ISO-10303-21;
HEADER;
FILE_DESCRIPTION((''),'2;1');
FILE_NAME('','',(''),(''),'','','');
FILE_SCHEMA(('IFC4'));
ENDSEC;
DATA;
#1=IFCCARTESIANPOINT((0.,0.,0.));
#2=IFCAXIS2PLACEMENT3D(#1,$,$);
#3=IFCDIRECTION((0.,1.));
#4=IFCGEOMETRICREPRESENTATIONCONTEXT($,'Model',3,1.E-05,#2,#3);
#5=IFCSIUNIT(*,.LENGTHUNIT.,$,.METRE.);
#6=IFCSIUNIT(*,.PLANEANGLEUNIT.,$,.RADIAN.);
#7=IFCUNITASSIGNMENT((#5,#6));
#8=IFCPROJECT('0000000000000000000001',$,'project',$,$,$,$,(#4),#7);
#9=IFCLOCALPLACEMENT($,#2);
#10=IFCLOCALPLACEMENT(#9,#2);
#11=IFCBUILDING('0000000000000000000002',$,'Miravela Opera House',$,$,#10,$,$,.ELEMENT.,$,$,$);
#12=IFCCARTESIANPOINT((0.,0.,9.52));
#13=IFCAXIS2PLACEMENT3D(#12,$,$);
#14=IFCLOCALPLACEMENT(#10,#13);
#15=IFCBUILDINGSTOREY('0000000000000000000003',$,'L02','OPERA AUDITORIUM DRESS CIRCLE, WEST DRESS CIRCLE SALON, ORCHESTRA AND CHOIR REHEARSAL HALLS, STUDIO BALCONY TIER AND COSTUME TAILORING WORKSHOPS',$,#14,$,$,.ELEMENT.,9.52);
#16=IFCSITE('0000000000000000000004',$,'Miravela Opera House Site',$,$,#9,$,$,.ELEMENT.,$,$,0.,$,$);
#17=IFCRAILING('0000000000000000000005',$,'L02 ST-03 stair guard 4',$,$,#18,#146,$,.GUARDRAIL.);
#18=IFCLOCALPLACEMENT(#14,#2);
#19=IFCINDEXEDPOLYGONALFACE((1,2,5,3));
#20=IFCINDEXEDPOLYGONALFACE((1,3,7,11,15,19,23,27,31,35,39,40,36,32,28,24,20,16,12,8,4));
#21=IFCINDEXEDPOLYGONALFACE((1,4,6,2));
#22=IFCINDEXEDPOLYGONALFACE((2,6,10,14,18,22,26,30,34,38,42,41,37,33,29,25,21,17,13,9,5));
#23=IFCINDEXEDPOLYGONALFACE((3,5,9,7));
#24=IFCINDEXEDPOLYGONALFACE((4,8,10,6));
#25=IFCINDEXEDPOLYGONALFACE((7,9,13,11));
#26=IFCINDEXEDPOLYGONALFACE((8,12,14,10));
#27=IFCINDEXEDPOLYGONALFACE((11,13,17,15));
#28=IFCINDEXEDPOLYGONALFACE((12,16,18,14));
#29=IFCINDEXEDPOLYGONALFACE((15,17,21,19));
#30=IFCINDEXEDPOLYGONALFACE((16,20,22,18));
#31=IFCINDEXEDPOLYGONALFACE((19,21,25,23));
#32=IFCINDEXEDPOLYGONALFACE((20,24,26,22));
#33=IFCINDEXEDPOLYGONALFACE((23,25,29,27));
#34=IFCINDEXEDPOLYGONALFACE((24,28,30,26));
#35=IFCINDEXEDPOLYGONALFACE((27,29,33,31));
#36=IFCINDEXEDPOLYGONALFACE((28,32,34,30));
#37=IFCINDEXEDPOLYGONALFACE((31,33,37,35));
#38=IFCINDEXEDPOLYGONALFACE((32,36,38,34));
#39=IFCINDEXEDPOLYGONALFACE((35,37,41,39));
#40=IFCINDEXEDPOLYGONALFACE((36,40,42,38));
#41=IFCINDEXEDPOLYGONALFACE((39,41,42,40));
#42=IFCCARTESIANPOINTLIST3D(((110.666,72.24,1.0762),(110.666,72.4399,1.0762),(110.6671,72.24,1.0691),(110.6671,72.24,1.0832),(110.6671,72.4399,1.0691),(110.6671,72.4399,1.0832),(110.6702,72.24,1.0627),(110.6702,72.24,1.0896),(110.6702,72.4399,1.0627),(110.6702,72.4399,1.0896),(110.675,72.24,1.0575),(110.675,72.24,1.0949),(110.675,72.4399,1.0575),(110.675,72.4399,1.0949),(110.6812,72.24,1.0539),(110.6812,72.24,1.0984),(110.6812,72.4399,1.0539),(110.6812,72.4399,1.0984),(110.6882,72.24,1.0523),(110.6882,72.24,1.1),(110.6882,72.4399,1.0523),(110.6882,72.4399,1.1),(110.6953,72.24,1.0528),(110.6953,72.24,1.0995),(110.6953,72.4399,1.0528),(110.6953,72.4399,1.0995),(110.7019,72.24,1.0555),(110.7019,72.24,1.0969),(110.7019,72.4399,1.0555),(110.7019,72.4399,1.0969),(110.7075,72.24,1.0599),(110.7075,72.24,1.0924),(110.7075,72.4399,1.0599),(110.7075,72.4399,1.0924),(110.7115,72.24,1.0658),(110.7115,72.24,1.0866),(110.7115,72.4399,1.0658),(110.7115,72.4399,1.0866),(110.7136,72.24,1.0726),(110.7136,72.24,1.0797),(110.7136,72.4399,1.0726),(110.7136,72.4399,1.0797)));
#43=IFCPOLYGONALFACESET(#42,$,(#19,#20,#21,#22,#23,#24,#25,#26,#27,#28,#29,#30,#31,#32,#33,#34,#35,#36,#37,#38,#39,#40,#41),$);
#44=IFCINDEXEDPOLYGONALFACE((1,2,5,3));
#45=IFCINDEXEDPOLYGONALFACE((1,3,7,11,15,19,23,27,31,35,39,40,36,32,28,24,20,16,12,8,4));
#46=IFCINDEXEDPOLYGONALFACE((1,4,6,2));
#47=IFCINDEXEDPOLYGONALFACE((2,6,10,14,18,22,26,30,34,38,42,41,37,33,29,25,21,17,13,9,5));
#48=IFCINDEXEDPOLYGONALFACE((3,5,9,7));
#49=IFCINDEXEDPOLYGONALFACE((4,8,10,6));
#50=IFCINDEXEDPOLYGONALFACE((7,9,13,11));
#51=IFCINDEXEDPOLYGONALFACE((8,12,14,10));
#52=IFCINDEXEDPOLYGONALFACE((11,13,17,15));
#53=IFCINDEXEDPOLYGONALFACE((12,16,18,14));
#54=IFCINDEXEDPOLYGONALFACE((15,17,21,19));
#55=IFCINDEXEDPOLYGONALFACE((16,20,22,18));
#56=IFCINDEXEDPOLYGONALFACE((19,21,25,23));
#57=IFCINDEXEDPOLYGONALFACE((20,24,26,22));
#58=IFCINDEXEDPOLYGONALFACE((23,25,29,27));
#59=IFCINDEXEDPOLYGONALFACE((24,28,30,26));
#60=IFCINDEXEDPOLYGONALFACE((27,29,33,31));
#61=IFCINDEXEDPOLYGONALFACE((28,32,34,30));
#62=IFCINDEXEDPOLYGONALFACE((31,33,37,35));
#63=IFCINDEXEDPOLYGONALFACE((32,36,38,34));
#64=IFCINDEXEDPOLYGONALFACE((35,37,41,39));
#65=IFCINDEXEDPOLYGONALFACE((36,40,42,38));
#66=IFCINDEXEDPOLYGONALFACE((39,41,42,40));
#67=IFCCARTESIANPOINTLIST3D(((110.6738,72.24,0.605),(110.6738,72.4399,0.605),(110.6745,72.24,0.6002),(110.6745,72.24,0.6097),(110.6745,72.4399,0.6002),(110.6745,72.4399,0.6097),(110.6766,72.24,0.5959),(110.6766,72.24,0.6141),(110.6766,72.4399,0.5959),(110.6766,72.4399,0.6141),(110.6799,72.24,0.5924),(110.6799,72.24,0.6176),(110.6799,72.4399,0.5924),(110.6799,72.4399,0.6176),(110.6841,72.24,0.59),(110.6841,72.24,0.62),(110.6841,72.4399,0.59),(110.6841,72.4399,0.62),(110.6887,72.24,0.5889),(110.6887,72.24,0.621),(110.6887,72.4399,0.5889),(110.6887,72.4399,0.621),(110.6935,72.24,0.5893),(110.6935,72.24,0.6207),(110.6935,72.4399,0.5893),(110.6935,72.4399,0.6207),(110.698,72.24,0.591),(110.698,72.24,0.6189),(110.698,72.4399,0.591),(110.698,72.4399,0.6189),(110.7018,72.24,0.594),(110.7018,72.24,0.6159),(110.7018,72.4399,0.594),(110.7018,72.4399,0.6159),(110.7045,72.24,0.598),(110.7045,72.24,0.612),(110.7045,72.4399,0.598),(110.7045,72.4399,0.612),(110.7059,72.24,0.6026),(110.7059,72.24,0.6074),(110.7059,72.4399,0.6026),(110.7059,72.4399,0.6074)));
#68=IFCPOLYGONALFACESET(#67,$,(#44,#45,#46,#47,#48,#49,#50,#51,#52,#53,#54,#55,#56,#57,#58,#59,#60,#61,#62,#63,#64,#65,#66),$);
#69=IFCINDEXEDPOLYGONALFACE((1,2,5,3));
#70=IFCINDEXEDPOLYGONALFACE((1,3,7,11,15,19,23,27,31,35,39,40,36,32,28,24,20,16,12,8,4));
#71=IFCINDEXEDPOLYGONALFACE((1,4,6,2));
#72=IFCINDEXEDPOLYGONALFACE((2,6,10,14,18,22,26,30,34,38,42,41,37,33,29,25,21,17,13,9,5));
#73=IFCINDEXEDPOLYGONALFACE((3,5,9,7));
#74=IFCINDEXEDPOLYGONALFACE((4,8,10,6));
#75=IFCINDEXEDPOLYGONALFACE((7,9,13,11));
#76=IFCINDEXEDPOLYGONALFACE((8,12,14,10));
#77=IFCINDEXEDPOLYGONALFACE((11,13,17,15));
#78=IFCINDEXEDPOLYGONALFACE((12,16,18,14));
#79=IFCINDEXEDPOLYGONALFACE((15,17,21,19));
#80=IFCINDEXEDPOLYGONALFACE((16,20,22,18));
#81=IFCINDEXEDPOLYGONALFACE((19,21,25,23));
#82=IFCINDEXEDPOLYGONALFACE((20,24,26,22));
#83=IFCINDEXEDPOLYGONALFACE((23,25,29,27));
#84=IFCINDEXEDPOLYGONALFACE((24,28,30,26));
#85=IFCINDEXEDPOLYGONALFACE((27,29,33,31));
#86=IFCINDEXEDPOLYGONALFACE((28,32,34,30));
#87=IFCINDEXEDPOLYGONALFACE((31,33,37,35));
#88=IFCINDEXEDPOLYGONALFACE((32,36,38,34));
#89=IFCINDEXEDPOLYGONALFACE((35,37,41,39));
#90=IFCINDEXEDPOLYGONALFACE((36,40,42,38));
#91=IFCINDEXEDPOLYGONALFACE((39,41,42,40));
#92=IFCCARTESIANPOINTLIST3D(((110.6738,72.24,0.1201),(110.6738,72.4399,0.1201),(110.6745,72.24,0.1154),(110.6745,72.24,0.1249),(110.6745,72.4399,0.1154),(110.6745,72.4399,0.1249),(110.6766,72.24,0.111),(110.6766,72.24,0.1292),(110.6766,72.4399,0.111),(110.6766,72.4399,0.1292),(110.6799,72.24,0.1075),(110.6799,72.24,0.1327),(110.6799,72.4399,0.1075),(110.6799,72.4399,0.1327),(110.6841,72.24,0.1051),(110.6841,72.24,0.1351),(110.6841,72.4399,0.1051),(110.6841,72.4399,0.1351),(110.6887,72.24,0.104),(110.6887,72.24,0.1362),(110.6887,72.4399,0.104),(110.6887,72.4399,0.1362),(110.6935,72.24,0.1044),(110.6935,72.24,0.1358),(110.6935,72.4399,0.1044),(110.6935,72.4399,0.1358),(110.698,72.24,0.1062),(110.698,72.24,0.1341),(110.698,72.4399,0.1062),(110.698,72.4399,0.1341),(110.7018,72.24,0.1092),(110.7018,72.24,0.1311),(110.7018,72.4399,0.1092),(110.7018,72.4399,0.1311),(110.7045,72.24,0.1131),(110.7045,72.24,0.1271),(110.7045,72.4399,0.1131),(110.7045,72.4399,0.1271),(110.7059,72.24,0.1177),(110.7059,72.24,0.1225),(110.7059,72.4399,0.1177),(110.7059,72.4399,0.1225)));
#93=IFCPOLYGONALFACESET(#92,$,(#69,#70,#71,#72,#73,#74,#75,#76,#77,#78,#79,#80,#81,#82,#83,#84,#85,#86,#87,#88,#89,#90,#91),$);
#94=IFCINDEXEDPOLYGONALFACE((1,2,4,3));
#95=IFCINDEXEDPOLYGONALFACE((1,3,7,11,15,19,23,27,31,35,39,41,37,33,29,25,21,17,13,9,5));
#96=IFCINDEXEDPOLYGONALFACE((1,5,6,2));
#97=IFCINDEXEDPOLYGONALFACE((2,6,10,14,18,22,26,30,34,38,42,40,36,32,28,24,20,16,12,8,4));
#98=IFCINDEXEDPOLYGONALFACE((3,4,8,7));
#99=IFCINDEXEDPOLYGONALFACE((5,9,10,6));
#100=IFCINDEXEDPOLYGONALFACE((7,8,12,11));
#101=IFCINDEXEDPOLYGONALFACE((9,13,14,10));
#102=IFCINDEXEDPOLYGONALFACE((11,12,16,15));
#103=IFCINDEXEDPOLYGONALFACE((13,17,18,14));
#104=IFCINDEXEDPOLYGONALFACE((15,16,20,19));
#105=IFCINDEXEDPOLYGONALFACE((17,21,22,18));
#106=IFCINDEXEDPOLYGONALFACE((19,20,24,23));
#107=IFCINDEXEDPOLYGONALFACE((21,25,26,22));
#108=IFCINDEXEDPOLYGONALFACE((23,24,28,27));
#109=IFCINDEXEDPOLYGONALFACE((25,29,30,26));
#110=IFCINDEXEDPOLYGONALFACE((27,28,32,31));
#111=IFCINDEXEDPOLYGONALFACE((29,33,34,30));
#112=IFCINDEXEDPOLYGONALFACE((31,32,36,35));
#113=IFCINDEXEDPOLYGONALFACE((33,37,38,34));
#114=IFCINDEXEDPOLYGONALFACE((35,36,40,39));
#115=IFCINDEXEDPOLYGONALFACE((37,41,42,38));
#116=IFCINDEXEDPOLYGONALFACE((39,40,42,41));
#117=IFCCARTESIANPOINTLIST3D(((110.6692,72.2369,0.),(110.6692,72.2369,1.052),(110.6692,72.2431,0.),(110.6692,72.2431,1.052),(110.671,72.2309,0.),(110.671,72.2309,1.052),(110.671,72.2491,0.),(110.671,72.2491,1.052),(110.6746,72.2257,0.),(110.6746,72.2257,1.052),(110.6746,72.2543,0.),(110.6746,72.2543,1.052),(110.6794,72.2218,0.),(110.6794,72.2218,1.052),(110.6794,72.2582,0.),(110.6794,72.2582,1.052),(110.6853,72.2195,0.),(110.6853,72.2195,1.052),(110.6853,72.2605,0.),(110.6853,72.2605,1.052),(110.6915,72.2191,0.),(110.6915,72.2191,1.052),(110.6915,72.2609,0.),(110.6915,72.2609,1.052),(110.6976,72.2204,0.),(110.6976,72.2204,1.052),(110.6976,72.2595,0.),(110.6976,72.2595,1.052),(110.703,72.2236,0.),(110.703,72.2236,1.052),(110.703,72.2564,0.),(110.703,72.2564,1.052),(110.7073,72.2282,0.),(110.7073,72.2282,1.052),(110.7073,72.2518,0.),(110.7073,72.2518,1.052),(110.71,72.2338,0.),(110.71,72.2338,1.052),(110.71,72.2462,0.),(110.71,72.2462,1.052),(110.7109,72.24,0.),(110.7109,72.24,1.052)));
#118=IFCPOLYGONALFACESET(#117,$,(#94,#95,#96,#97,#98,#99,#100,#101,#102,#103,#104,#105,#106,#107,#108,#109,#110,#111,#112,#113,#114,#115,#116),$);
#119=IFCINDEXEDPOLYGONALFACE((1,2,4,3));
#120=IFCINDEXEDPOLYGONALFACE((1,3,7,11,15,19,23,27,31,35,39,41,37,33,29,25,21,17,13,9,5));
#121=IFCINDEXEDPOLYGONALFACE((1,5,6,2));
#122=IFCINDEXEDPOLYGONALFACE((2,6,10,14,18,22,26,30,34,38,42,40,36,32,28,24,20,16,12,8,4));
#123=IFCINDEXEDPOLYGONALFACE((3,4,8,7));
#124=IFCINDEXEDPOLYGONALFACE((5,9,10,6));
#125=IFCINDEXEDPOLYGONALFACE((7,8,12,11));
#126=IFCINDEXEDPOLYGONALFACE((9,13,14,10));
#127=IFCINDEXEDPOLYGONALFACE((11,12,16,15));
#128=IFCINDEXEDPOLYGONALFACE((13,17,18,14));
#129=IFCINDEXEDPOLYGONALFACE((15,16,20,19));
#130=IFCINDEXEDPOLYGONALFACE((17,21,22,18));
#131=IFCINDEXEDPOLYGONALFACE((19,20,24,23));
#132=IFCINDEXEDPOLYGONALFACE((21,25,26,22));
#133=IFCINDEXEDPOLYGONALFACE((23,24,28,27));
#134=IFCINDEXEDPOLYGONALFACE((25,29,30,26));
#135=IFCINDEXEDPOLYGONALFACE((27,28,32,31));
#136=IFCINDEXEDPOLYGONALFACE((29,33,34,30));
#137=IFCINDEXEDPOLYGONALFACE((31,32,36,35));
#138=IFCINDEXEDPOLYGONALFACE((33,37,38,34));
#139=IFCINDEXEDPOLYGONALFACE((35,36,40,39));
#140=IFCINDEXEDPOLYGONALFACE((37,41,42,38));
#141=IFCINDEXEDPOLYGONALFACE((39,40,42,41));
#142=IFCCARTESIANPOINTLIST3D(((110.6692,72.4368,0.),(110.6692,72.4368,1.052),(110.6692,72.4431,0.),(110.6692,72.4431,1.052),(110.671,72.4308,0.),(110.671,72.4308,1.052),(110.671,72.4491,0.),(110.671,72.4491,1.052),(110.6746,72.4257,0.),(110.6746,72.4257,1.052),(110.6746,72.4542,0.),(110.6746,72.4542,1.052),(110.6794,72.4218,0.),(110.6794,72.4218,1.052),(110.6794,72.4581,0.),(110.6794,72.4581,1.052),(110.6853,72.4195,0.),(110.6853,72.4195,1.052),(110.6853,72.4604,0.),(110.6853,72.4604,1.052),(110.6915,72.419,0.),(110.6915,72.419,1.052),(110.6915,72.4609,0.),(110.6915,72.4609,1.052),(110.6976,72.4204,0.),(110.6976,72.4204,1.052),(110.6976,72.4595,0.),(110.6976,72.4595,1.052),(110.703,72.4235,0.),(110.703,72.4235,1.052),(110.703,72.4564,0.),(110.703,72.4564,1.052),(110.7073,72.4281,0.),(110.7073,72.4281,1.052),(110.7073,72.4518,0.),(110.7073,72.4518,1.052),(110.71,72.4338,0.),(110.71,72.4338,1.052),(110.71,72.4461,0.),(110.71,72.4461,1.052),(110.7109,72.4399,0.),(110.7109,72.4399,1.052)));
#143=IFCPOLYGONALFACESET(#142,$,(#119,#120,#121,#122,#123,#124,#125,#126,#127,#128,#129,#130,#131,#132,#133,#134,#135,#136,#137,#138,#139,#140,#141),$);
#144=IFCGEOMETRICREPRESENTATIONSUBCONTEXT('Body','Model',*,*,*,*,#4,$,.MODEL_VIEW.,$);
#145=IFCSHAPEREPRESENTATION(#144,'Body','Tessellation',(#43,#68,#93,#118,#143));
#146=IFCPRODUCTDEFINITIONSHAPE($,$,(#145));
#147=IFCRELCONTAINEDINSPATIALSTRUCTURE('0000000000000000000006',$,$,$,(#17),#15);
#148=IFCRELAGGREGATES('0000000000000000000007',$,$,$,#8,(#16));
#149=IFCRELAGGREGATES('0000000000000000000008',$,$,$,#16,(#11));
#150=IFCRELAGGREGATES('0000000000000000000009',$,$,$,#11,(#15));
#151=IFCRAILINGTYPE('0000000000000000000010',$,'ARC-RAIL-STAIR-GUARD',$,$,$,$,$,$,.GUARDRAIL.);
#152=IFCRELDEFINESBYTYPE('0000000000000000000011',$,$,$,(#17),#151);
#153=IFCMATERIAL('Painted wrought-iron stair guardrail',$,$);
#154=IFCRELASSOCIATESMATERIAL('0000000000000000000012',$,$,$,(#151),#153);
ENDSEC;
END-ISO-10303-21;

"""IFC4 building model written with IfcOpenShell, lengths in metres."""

from ifc_helpers import new_model, si_unit, direction, frame, origin, origin_2d, place, context, subcontext, project, spatial, circle, extrude, material, type_object, element, save


model = new_model("IFC4")

# Units and contexts
model_context = context("Model", 3, precision=1e-05, world=origin(), true_north=direction((0.0, 1.0)))
body_context = subcontext(model_context, "Body", "Model", "MODEL_VIEW")
ifc_project = project(units=[si_unit("LENGTHUNIT", "METRE"), si_unit("PLANEANGLEUNIT", "RADIAN")], contexts=[model_context])

# Site, building, storey
site_placement = place(None, origin())
site = spatial("IfcSite", under=ifc_project, at=site_placement, Name="Miravela Opera House Site", CompositionType="ELEMENT", RefElevation=0.0)
building_placement = place(site_placement, origin())
building = spatial("IfcBuilding", under=site, at=building_placement, Name="Miravela Opera House", CompositionType="ELEMENT")
storey_placement = place(building_placement, frame((0.0, 0.0, 9.52)))
storey = spatial("IfcBuildingStorey", under=building, at=storey_placement, Name="L02", Description="OPERA AUDITORIUM DRESS CIRCLE, WEST DRESS CIRCLE SALON, ORCHESTRA AND CHOIR REHEARSAL HALLS, STUDIO BALCONY TIER AND COSTUME TAILORING WORKSHOPS", CompositionType="ELEMENT", Elevation=9.52)

# Railing
ifc_material_1 = material(Name="Painted wrought-iron stair guardrail")
railing_type_1 = type_object("IfcRailingType", Name="ARC-RAIL-STAIR-GUARD", PredefinedType="GUARDRAIL", material=ifc_material_1)
for number, where, name in (
    (1, (110.6899, 72.24, 0.0), "L02 ST-03 stair guard 4"),
):
    element("IfcRailing", number, at=place(storey_placement, frame(where)), inside=storey, type_object=railing_type_1, Name=name, PredefinedType="GUARDRAIL", context=body_context, shape_type="SweptSolid", body=[
        extrude(circle(Radius=0.0239, at=origin_2d()), frame((0.0, 0.0, 1.0762), z_axis=(0.0, 1.0, 0.0), x_axis=(-1.0, 0.0, 0.0)), (0.0, 0.0, 1.0), 0.2),
        extrude(circle(Radius=0.0161, at=origin_2d()), frame((0.0, 0.0, 0.605), z_axis=(0.0, 1.0, 0.0), x_axis=(-1.0, 0.0, 0.0)), (0.0, 0.0, 1.0), 0.2),
        extrude(circle(Radius=0.0161, at=origin_2d()), frame((0.0, 0.0, 0.1201), z_axis=(0.0, 1.0, 0.0), x_axis=(-1.0, 0.0, 0.0)), (0.0, 0.0, 1.0), 0.2),
        extrude(circle(Radius=0.021, at=origin_2d()), origin(), (0.0, 0.0, 1.0), 1.052),
        extrude(circle(Radius=0.021, at=origin_2d()), frame((0.0, 0.2, 0.0)), (0.0, 0.0, 1.0), 1.052),
    ])

save(model, "model.ifc")
